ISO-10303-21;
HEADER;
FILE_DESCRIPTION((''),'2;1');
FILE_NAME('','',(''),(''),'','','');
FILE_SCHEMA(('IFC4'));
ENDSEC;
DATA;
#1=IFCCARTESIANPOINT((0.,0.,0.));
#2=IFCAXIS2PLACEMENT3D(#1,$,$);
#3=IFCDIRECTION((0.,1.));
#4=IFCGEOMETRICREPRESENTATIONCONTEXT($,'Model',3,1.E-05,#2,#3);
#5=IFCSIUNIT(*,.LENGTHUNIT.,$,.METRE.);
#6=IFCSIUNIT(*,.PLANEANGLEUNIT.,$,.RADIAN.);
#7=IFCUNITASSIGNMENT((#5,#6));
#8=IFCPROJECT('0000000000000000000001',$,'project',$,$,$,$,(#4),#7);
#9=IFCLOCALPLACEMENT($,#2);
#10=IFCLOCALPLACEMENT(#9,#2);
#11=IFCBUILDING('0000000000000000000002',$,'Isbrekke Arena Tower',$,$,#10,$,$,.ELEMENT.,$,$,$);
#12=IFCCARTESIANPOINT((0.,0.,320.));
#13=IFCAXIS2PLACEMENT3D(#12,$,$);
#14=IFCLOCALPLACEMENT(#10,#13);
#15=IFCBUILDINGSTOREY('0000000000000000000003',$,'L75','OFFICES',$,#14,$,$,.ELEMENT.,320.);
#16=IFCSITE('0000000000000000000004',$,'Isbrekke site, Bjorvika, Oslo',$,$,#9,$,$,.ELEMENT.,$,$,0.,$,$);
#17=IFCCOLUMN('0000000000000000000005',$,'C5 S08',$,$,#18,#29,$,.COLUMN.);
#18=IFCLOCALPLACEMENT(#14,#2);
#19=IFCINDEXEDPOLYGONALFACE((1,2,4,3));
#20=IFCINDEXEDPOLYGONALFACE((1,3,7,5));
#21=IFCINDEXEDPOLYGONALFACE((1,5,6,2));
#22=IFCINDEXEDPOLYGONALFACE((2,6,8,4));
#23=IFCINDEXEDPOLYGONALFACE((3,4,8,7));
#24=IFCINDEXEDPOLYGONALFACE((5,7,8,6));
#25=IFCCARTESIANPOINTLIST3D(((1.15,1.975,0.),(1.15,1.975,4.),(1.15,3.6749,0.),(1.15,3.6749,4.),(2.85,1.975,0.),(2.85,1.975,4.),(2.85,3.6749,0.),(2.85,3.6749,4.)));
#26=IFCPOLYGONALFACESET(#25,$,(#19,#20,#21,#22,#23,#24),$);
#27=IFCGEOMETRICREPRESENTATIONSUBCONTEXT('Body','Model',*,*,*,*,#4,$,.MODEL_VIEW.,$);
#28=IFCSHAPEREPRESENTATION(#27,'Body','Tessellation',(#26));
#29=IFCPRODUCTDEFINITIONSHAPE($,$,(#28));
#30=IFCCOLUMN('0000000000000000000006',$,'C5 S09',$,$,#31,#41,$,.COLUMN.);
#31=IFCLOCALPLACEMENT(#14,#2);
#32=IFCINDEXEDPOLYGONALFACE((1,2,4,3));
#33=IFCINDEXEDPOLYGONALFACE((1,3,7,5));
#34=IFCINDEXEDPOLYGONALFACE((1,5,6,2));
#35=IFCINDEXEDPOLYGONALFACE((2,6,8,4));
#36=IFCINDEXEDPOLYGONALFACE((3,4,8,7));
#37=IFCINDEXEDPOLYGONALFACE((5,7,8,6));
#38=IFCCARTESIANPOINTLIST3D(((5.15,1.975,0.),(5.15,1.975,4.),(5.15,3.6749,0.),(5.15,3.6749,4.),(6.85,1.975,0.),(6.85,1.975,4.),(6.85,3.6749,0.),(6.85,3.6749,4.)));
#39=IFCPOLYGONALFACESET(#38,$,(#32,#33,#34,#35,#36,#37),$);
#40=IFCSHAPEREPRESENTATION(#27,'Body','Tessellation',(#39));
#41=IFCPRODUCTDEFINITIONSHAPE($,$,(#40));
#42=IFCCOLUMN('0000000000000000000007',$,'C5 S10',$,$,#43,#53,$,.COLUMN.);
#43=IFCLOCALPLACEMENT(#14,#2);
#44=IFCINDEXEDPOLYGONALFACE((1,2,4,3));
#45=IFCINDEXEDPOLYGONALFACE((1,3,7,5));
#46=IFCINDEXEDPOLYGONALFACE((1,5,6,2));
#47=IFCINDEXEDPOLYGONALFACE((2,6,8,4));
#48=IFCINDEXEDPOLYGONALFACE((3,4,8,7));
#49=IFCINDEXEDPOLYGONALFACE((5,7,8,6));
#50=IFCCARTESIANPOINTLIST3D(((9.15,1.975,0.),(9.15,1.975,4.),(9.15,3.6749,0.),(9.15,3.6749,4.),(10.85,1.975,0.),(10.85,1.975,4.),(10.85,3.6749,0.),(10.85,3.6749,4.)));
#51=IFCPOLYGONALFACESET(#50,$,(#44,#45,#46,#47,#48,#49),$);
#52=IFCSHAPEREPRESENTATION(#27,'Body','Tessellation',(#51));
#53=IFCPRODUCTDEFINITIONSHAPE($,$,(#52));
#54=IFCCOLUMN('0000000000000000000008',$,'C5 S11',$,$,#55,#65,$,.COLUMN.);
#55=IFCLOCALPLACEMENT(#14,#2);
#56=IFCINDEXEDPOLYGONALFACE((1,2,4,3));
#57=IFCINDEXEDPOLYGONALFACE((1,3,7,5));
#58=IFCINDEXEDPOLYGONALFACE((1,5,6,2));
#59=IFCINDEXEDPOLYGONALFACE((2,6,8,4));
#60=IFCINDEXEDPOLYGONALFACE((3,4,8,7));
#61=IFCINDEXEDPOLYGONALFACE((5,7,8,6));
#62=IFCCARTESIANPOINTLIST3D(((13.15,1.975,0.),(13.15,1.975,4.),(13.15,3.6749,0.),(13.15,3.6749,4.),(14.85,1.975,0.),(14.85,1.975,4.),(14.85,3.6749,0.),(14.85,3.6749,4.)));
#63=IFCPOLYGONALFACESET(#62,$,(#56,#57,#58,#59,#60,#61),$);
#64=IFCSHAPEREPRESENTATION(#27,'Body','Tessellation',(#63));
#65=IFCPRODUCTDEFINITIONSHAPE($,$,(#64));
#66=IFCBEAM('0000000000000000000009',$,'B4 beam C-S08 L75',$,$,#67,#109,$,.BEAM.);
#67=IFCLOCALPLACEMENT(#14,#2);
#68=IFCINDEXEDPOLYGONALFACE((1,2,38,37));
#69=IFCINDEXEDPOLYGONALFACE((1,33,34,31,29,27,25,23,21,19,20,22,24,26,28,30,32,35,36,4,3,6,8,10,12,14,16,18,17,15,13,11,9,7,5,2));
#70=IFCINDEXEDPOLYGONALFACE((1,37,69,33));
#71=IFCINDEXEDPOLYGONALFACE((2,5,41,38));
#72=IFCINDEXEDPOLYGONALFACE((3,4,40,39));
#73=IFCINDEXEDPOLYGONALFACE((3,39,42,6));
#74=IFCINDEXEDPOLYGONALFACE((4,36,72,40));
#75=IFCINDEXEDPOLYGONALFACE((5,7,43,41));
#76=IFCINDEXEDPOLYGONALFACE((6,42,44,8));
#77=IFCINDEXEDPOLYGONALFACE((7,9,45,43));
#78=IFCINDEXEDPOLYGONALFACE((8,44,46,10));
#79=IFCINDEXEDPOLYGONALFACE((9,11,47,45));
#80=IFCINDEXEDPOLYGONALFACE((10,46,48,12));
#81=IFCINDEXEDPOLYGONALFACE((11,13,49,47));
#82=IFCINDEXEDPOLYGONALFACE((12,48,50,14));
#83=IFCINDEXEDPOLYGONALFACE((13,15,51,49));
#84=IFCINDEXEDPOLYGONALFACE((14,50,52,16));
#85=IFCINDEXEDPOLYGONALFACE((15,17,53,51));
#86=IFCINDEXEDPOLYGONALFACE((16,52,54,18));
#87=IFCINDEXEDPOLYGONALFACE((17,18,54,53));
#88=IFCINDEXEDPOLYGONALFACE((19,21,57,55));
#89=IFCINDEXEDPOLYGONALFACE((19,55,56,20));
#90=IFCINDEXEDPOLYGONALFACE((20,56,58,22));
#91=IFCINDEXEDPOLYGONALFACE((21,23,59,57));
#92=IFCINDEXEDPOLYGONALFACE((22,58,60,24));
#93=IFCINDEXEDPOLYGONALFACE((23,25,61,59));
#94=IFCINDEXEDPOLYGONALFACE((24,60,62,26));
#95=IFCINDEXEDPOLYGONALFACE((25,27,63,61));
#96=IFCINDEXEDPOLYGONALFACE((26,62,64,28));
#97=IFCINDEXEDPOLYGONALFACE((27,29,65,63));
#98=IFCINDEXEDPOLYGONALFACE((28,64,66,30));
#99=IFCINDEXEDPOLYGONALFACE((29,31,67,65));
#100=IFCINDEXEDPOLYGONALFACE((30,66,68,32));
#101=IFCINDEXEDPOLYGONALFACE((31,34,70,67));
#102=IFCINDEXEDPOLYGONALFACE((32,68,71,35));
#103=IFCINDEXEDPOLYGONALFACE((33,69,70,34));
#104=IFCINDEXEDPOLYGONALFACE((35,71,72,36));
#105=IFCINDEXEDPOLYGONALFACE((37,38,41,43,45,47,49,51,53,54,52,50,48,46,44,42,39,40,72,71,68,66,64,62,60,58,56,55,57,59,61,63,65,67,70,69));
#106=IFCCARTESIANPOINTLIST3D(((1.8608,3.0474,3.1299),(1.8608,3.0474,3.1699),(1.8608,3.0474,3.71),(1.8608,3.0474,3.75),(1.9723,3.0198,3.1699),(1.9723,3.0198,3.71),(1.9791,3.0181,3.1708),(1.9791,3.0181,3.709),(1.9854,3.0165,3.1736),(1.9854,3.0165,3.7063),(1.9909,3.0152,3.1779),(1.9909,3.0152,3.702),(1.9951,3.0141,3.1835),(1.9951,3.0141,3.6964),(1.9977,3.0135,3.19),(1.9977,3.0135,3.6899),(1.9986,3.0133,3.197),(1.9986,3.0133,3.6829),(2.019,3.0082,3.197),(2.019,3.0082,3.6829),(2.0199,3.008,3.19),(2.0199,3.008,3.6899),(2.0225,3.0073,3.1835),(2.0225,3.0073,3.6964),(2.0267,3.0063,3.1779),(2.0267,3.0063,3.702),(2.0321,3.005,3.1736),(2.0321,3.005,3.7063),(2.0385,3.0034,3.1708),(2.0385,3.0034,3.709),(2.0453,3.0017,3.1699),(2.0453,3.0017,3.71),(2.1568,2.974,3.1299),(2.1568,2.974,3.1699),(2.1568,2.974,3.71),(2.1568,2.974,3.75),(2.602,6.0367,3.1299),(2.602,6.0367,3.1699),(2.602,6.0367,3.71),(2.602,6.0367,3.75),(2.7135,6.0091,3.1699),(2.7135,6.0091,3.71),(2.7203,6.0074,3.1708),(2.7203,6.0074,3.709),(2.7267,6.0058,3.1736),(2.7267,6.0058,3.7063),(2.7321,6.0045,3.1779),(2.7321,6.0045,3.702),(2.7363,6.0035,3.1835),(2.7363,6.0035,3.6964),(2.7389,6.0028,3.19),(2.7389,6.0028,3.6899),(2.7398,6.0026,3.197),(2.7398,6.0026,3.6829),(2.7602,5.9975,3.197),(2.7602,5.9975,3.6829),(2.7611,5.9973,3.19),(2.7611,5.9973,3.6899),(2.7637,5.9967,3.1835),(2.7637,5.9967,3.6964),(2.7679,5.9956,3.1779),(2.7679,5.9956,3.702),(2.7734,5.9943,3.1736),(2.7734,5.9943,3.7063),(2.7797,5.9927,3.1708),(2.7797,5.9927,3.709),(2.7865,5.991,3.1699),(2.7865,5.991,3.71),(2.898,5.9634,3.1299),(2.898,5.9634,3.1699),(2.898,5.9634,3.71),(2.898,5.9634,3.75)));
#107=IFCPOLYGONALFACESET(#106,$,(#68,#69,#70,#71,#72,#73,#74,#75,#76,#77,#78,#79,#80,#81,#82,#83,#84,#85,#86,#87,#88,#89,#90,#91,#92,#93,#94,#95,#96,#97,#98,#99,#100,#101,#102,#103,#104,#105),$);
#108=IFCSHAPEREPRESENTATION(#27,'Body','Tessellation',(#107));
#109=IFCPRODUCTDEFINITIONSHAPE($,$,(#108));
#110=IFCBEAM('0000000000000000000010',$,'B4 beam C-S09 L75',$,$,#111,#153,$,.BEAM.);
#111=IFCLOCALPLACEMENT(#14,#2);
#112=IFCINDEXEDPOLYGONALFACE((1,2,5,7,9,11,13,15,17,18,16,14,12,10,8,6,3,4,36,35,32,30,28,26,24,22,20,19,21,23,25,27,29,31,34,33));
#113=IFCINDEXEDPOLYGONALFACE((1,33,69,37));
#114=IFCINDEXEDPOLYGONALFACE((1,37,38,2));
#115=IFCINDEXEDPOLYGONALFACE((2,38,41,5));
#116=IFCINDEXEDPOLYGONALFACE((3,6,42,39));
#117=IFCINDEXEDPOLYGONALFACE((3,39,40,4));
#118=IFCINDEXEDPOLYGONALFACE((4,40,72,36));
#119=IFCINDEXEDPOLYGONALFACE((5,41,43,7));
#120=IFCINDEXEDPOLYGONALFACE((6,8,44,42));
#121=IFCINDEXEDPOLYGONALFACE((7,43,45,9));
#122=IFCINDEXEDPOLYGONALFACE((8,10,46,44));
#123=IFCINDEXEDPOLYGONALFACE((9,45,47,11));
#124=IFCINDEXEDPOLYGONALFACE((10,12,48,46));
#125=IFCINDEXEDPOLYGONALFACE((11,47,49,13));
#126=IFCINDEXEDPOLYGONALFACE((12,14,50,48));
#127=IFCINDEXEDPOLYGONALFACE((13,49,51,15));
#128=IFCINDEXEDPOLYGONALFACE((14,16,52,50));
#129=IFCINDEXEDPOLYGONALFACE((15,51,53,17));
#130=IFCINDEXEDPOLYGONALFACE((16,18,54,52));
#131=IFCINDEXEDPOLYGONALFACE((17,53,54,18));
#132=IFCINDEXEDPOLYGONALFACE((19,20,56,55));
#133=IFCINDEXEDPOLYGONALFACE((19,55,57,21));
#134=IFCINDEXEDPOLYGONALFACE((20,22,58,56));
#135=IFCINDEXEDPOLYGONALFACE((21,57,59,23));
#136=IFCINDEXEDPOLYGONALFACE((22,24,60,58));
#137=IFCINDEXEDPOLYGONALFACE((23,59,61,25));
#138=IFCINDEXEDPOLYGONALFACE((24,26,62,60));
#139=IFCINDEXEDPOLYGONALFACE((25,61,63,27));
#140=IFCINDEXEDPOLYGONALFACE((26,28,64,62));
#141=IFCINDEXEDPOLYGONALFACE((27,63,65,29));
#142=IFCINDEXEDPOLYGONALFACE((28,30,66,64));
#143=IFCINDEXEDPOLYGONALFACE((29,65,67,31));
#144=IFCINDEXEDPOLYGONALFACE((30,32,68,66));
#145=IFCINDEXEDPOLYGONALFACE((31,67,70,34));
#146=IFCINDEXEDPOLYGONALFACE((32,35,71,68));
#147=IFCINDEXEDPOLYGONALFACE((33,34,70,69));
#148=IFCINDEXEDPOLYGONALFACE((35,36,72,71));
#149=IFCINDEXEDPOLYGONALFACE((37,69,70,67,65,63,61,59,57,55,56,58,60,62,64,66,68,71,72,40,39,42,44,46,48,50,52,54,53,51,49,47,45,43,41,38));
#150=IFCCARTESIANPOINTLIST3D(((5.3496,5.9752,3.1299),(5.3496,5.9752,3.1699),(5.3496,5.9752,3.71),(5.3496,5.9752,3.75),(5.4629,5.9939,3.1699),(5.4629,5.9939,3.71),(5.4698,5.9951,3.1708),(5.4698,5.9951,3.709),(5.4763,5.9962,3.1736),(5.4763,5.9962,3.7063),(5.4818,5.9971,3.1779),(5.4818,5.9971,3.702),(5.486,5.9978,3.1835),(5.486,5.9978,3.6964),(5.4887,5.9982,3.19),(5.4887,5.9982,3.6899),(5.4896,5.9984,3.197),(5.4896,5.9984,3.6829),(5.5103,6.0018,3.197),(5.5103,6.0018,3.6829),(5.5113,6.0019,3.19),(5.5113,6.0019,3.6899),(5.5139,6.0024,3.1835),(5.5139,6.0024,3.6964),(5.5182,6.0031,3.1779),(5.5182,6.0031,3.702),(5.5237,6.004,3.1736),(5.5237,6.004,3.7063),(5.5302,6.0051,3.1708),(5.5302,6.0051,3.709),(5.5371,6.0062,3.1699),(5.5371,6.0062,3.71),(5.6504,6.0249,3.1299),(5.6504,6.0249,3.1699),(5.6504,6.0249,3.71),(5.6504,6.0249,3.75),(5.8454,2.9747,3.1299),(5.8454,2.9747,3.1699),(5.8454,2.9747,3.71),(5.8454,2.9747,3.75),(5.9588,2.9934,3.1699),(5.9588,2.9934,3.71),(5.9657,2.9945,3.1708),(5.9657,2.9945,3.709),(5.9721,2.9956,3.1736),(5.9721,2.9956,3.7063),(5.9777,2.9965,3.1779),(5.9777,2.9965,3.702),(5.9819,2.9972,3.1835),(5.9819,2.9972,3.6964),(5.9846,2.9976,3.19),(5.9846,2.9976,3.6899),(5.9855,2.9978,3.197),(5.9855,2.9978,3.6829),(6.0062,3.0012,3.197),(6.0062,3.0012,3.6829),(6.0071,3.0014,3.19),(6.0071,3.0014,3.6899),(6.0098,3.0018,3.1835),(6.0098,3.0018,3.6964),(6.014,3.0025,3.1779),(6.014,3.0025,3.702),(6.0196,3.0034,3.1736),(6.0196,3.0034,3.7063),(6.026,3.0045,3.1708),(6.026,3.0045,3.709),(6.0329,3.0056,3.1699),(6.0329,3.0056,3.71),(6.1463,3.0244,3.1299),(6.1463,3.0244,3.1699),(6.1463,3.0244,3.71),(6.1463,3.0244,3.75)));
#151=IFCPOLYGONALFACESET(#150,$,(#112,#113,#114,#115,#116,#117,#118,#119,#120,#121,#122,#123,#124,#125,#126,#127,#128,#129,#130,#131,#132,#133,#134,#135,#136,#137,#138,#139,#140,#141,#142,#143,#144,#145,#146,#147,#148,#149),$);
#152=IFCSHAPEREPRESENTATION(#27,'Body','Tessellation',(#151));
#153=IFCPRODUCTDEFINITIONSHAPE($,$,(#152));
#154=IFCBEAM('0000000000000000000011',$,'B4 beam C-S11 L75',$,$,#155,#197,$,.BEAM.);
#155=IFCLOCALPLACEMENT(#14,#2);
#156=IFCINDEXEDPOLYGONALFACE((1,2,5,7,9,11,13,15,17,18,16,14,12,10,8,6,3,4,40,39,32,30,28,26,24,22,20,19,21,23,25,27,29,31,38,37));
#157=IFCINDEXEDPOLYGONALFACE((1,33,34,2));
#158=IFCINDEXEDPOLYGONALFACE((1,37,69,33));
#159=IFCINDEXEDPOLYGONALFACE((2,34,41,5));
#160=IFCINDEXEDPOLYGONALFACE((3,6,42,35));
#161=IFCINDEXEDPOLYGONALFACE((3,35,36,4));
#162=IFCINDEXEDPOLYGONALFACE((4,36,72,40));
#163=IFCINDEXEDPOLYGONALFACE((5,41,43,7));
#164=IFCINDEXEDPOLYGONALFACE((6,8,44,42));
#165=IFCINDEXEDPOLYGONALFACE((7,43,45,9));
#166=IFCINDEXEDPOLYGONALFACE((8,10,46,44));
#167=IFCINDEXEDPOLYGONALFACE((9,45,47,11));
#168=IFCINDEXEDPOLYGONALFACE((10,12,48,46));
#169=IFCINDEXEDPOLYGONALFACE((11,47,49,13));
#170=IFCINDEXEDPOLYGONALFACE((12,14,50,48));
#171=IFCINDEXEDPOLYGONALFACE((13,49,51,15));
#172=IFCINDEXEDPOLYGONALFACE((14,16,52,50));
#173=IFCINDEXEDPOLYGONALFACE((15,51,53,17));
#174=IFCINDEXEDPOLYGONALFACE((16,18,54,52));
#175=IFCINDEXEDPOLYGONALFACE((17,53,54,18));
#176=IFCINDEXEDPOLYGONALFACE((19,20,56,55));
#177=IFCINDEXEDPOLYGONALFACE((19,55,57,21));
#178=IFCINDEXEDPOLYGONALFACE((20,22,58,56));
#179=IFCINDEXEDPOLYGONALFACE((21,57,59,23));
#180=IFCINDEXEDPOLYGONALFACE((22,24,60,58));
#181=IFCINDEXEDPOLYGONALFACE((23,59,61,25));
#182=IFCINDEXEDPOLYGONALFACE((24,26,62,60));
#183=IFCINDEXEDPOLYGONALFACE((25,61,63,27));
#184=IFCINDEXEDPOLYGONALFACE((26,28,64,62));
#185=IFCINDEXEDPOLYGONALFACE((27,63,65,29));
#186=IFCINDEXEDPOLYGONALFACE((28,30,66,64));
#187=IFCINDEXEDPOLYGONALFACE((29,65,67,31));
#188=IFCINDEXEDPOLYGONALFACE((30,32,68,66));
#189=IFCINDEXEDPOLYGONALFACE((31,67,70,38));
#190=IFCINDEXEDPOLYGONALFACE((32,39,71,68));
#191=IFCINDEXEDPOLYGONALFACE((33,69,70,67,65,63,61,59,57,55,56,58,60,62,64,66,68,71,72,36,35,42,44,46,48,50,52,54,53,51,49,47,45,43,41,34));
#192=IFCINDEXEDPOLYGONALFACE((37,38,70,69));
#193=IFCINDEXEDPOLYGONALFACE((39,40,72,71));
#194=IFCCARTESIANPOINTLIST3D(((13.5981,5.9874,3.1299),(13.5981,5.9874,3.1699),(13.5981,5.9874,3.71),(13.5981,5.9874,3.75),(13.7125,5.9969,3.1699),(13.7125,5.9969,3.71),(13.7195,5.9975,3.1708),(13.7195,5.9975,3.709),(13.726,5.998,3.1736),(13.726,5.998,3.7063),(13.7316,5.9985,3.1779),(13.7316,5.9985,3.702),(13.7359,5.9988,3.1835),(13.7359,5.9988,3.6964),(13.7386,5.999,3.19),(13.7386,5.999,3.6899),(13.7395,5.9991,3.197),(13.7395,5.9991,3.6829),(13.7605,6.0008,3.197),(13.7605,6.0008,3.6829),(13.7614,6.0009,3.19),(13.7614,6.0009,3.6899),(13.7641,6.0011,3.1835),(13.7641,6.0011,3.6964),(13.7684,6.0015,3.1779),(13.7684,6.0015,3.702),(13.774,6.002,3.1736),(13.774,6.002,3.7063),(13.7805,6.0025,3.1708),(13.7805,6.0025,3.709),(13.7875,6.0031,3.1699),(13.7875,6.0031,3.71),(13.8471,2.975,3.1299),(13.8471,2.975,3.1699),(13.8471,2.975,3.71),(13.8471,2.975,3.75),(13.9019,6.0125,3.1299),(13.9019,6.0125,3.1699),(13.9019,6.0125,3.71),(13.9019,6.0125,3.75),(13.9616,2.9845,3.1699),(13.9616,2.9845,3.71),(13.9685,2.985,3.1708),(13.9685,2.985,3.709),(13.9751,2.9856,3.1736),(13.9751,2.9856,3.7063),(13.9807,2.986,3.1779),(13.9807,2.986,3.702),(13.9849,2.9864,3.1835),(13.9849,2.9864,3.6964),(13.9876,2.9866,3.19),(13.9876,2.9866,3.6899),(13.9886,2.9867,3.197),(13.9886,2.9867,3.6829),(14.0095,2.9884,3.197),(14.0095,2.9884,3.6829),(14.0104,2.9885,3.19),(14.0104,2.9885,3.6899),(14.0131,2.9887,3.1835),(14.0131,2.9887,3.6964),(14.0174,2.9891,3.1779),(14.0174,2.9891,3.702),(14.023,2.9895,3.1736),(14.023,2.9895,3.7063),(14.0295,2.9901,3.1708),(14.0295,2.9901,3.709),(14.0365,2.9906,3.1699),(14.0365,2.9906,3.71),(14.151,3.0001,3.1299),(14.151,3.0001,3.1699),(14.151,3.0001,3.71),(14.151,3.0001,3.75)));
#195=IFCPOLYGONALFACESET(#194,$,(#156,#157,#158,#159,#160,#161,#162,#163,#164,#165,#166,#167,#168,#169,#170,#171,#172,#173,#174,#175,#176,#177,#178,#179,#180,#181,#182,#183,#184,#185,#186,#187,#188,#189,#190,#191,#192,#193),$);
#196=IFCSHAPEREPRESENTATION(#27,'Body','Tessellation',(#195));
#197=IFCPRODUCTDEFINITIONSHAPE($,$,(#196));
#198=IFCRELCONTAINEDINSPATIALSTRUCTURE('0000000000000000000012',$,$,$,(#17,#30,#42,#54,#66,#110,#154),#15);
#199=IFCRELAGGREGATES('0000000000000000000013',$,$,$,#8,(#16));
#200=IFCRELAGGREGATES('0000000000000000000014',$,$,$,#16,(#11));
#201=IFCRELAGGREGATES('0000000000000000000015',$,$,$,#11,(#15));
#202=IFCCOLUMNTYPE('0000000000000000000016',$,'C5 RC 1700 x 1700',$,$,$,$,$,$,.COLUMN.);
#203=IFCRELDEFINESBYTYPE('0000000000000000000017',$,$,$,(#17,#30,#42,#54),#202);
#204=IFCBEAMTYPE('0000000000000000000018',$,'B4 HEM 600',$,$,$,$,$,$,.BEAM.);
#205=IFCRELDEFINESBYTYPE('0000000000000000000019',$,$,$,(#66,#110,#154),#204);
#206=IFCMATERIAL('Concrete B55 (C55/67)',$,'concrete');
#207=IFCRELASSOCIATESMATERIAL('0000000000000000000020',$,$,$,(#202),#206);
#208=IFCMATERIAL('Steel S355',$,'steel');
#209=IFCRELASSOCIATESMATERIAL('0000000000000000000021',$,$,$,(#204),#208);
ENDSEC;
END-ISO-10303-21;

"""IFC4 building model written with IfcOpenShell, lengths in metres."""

from ifc_helpers import new_model, si_unit, direction, frame, origin, origin_2d, place, context, subcontext, project, spatial, rectangle, i_section, extrude, material, material_profile, profile_set, type_object, element, save


model = new_model("IFC4")

# Units and contexts
model_context = context("Model", 3, precision=1e-05, world=origin(), true_north=direction((0.0, 1.0)))
body_context = subcontext(model_context, "Body", "Model", "MODEL_VIEW")
ifc_project = project(units=[si_unit("LENGTHUNIT", "METRE"), si_unit("PLANEANGLEUNIT", "RADIAN")], contexts=[model_context])

# Site, building, storey
site_placement = place(None, origin())
site = spatial("IfcSite", under=ifc_project, at=site_placement, Name="Isbrekke site, Bjorvika, Oslo", CompositionType="ELEMENT", RefElevation=0.0)
building_placement = place(site_placement, origin())
building = spatial("IfcBuilding", under=site, at=building_placement, Name="Isbrekke Arena Tower", CompositionType="ELEMENT")
storey_placement = place(building_placement, frame((0.0, 0.0, 320.0)))
storey = spatial("IfcBuildingStorey", under=building, at=storey_placement, Name="L75", Description="OFFICES", CompositionType="ELEMENT", Elevation=320.0)

# Columns
ifc_material_1 = material(Name="Concrete B55 (C55/67)", Category="concrete")
ifc_material_profile_1 = material_profile(ifc_material_1, rectangle(XDim=1.7, YDim=1.7, at=origin_2d()), Name="RC 1700x1700")
ifc_profile_set_1 = profile_set([ifc_material_profile_1], Name="Concrete B55 (C55/67)")
column_type = type_object("IfcColumnType", Name="C5 RC 1700 x 1700", PredefinedType="COLUMN", material=ifc_profile_set_1)
for number, where, z_axis, x_axis, name in (
    (1, (2.0, 2.825, 0.0), (0.0, 0.0, 1.0), (1.0, 0.0, 0.0), "C5 S08"),
    (2, (6.0, 2.825, 0.0), (0.0, 0.0, 1.0), (1.0, 0.0, 0.0), "C5 S09"),
    (3, (10.0, 2.825, 0.0), (0.0, 0.0, 1.0), (1.0, 0.0, 0.0), "C5 S10"),
    (4, (14.0, 2.825, 0.0), (0.0, 0.0, 1.0), (1.0, 0.0, 0.0), "C5 S11"),
):
    element("IfcColumn", number, at=place(storey_placement, frame(where, z_axis=z_axis, x_axis=x_axis)), inside=storey, type_object=column_type, Name=name, PredefinedType="COLUMN", context=body_context, shape_type="SweptSolid", body=[
        extrude(rectangle(XDim=1.7, YDim=1.7, at=origin_2d()), origin(), (0.0, 0.0, 1.0), 4.0),
    ])

# Beams
ifc_material_2 = material(Name="Steel S355", Category="steel")
ifc_material_profile_2 = material_profile(ifc_material_2, i_section(OverallWidth=0.3049, OverallDepth=0.6201, WebThickness=0.021, FlangeThickness=0.04, FilletRadius=0.0271, at=origin_2d()), Name="HEM 600")
ifc_profile_set_2 = profile_set([ifc_material_profile_2], Name="Steel S355")
beam_type_1 = type_object("IfcBeamType", Name="B4 HEM 600", PredefinedType="BEAM", material=ifc_profile_set_2)
beam_1_placement = place(storey_placement, frame((2.0088, 3.0107, 3.4399), z_axis=(0.24067, 0.970607, 0.0), x_axis=(-0.970607, 0.24067, 0.0)))
element("IfcBeam", 5, at=beam_1_placement, inside=storey, type_object=beam_type_1, Name="B4 beam C-S08 L75", PredefinedType="BEAM", context=body_context, shape_type="SweptSolid", body=[
    extrude(i_section(OverallWidth=0.3049, OverallDepth=0.6201, WebThickness=0.021, FlangeThickness=0.04, FilletRadius=0.0271, at=origin_2d()), origin(), (0.0, 0.0, 1.0), 3.0798),
])
beam_2_placement = place(storey_placement, frame((5.9958, 2.9995, 3.4399), z_axis=(-0.163045, 0.986619, 0.0), x_axis=(-0.986619, -0.163045, 0.0)))
element("IfcBeam", 6, at=beam_2_placement, inside=storey, type_object=beam_type_1, Name="B4 beam C-S09 L75", PredefinedType="BEAM", context=body_context, shape_type="SweptSolid", body=[
    extrude(i_section(OverallWidth=0.3049, OverallDepth=0.6201, WebThickness=0.021, FlangeThickness=0.04, FilletRadius=0.0271, at=origin_2d()), origin(), (0.0, 0.0, 1.0), 3.0413),
])
beam_3_placement = place(storey_placement, frame((13.999, 2.9875, 3.4399), z_axis=(-0.082384, 0.996601, 0.0), x_axis=(-0.996601, -0.082384, 0.0)))
element("IfcBeam", 7, at=beam_3_placement, inside=storey, type_object=beam_type_1, Name="B4 beam C-S11 L75", PredefinedType="BEAM", context=body_context, shape_type="SweptSolid", body=[
    extrude(i_section(OverallWidth=0.3049, OverallDepth=0.6201, WebThickness=0.021, FlangeThickness=0.04, FilletRadius=0.0271, at=origin_2d()), origin(), (0.0, 0.0, 1.0), 3.0227),
])

save(model, "model.ifc")
